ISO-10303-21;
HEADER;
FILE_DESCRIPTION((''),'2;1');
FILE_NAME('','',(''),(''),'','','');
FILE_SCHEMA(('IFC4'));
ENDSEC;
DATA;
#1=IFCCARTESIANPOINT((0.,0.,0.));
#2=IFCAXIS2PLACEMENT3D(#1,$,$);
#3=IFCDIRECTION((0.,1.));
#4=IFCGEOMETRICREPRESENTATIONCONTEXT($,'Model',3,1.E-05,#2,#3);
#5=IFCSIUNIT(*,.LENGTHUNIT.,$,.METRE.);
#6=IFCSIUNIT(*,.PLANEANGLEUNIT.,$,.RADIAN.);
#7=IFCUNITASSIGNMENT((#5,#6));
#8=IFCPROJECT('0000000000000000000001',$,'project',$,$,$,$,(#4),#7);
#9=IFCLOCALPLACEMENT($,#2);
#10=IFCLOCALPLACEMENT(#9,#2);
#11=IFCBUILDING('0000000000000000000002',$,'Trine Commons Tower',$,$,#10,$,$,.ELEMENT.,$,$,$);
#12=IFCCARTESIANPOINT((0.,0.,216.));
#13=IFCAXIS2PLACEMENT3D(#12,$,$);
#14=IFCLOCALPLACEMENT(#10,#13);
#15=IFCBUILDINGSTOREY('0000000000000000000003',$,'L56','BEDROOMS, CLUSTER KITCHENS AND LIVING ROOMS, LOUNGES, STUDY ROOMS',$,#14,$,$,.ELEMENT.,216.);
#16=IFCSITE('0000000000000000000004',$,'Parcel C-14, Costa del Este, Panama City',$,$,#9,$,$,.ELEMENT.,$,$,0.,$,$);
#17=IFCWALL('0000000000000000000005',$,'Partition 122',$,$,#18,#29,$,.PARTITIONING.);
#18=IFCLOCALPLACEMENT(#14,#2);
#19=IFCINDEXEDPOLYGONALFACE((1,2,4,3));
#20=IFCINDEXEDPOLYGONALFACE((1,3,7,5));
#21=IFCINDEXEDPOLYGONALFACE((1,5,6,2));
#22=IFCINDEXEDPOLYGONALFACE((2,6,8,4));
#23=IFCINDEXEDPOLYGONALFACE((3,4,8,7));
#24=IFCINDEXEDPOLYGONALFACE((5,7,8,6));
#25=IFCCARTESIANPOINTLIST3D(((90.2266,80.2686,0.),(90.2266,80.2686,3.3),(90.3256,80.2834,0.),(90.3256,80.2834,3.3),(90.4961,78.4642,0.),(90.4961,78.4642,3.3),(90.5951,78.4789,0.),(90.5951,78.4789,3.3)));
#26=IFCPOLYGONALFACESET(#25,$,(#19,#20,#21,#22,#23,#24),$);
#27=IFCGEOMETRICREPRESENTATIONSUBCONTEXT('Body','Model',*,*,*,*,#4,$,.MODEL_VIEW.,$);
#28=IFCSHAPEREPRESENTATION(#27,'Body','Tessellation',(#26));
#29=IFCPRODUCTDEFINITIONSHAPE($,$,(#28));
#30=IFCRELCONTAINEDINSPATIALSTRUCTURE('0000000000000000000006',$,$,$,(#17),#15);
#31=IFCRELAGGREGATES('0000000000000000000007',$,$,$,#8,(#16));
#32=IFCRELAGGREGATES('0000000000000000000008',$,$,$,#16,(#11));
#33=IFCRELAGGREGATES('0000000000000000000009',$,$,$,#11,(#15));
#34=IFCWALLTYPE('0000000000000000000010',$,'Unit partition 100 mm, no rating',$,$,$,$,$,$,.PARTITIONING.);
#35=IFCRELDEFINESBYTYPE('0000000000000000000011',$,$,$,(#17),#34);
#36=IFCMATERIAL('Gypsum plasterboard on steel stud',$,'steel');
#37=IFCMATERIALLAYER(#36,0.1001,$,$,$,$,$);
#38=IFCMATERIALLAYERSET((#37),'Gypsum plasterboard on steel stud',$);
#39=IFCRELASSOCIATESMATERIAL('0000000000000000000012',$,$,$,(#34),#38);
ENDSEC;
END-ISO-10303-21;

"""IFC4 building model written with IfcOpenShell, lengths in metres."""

from ifc_helpers import new_model, si_unit, direction, frame, frame_2d, origin, place, context, subcontext, project, spatial, rectangle, extrude, material, layer, layer_set, type_object, element, save


model = new_model("IFC4")

# Units and contexts
model_context = context("Model", 3, precision=1e-05, world=origin(), true_north=direction((0.0, 1.0)))
body_context = subcontext(model_context, "Body", "Model", "MODEL_VIEW")
ifc_project = project(units=[si_unit("LENGTHUNIT", "METRE"), si_unit("PLANEANGLEUNIT", "RADIAN")], contexts=[model_context])

# Site, building, storey
site_placement = place(None, origin())
site = spatial("IfcSite", under=ifc_project, at=site_placement, Name="Parcel C-14, Costa del Este, Panama City", CompositionType="ELEMENT", RefElevation=0.0)
building_placement = place(site_placement, origin())
building = spatial("IfcBuilding", under=site, at=building_placement, Name="Trine Commons Tower", CompositionType="ELEMENT")
storey_placement = place(building_placement, frame((0.0, 0.0, 216.0)))
storey = spatial("IfcBuildingStorey", under=building, at=storey_placement, Name="L56", Description="BEDROOMS, CLUSTER KITCHENS AND LIVING ROOMS, LOUNGES, STUDY ROOMS", CompositionType="ELEMENT", Elevation=216.0)

# Shared definitions
ifc_material_1 = material(Name="Gypsum plasterboard on steel stud", Category="steel")

# Shared definitions
ifc_layer_1 = layer(ifc_material_1, 0.1001)
ifc_layer_set_1 = layer_set([ifc_layer_1], Name="Gypsum plasterboard on steel stud")
wall_type_1 = type_object("IfcWallType", Name="Unit partition 100 mm, no rating", PredefinedType="PARTITIONING", material=ifc_layer_set_1)

# Wall
wall_1_placement = place(storey_placement, frame((90.2761, 80.2759, 0.0), z_axis=(0.0, 0.0, 1.0), x_axis=(0.147732, -0.989027, 0.0)))
element("IfcWall", 1, at=wall_1_placement, inside=storey, type_object=wall_type_1, Name="Partition 122", PredefinedType="PARTITIONING", context=body_context, shape_type="SweptSolid", body=[
    extrude(rectangle(XDim=1.8245, YDim=0.1001, at=frame_2d((0.9121, 0.0))), origin(), (0.0, 0.0, 1.0), 3.3),
])

save(model, "model.ifc")
